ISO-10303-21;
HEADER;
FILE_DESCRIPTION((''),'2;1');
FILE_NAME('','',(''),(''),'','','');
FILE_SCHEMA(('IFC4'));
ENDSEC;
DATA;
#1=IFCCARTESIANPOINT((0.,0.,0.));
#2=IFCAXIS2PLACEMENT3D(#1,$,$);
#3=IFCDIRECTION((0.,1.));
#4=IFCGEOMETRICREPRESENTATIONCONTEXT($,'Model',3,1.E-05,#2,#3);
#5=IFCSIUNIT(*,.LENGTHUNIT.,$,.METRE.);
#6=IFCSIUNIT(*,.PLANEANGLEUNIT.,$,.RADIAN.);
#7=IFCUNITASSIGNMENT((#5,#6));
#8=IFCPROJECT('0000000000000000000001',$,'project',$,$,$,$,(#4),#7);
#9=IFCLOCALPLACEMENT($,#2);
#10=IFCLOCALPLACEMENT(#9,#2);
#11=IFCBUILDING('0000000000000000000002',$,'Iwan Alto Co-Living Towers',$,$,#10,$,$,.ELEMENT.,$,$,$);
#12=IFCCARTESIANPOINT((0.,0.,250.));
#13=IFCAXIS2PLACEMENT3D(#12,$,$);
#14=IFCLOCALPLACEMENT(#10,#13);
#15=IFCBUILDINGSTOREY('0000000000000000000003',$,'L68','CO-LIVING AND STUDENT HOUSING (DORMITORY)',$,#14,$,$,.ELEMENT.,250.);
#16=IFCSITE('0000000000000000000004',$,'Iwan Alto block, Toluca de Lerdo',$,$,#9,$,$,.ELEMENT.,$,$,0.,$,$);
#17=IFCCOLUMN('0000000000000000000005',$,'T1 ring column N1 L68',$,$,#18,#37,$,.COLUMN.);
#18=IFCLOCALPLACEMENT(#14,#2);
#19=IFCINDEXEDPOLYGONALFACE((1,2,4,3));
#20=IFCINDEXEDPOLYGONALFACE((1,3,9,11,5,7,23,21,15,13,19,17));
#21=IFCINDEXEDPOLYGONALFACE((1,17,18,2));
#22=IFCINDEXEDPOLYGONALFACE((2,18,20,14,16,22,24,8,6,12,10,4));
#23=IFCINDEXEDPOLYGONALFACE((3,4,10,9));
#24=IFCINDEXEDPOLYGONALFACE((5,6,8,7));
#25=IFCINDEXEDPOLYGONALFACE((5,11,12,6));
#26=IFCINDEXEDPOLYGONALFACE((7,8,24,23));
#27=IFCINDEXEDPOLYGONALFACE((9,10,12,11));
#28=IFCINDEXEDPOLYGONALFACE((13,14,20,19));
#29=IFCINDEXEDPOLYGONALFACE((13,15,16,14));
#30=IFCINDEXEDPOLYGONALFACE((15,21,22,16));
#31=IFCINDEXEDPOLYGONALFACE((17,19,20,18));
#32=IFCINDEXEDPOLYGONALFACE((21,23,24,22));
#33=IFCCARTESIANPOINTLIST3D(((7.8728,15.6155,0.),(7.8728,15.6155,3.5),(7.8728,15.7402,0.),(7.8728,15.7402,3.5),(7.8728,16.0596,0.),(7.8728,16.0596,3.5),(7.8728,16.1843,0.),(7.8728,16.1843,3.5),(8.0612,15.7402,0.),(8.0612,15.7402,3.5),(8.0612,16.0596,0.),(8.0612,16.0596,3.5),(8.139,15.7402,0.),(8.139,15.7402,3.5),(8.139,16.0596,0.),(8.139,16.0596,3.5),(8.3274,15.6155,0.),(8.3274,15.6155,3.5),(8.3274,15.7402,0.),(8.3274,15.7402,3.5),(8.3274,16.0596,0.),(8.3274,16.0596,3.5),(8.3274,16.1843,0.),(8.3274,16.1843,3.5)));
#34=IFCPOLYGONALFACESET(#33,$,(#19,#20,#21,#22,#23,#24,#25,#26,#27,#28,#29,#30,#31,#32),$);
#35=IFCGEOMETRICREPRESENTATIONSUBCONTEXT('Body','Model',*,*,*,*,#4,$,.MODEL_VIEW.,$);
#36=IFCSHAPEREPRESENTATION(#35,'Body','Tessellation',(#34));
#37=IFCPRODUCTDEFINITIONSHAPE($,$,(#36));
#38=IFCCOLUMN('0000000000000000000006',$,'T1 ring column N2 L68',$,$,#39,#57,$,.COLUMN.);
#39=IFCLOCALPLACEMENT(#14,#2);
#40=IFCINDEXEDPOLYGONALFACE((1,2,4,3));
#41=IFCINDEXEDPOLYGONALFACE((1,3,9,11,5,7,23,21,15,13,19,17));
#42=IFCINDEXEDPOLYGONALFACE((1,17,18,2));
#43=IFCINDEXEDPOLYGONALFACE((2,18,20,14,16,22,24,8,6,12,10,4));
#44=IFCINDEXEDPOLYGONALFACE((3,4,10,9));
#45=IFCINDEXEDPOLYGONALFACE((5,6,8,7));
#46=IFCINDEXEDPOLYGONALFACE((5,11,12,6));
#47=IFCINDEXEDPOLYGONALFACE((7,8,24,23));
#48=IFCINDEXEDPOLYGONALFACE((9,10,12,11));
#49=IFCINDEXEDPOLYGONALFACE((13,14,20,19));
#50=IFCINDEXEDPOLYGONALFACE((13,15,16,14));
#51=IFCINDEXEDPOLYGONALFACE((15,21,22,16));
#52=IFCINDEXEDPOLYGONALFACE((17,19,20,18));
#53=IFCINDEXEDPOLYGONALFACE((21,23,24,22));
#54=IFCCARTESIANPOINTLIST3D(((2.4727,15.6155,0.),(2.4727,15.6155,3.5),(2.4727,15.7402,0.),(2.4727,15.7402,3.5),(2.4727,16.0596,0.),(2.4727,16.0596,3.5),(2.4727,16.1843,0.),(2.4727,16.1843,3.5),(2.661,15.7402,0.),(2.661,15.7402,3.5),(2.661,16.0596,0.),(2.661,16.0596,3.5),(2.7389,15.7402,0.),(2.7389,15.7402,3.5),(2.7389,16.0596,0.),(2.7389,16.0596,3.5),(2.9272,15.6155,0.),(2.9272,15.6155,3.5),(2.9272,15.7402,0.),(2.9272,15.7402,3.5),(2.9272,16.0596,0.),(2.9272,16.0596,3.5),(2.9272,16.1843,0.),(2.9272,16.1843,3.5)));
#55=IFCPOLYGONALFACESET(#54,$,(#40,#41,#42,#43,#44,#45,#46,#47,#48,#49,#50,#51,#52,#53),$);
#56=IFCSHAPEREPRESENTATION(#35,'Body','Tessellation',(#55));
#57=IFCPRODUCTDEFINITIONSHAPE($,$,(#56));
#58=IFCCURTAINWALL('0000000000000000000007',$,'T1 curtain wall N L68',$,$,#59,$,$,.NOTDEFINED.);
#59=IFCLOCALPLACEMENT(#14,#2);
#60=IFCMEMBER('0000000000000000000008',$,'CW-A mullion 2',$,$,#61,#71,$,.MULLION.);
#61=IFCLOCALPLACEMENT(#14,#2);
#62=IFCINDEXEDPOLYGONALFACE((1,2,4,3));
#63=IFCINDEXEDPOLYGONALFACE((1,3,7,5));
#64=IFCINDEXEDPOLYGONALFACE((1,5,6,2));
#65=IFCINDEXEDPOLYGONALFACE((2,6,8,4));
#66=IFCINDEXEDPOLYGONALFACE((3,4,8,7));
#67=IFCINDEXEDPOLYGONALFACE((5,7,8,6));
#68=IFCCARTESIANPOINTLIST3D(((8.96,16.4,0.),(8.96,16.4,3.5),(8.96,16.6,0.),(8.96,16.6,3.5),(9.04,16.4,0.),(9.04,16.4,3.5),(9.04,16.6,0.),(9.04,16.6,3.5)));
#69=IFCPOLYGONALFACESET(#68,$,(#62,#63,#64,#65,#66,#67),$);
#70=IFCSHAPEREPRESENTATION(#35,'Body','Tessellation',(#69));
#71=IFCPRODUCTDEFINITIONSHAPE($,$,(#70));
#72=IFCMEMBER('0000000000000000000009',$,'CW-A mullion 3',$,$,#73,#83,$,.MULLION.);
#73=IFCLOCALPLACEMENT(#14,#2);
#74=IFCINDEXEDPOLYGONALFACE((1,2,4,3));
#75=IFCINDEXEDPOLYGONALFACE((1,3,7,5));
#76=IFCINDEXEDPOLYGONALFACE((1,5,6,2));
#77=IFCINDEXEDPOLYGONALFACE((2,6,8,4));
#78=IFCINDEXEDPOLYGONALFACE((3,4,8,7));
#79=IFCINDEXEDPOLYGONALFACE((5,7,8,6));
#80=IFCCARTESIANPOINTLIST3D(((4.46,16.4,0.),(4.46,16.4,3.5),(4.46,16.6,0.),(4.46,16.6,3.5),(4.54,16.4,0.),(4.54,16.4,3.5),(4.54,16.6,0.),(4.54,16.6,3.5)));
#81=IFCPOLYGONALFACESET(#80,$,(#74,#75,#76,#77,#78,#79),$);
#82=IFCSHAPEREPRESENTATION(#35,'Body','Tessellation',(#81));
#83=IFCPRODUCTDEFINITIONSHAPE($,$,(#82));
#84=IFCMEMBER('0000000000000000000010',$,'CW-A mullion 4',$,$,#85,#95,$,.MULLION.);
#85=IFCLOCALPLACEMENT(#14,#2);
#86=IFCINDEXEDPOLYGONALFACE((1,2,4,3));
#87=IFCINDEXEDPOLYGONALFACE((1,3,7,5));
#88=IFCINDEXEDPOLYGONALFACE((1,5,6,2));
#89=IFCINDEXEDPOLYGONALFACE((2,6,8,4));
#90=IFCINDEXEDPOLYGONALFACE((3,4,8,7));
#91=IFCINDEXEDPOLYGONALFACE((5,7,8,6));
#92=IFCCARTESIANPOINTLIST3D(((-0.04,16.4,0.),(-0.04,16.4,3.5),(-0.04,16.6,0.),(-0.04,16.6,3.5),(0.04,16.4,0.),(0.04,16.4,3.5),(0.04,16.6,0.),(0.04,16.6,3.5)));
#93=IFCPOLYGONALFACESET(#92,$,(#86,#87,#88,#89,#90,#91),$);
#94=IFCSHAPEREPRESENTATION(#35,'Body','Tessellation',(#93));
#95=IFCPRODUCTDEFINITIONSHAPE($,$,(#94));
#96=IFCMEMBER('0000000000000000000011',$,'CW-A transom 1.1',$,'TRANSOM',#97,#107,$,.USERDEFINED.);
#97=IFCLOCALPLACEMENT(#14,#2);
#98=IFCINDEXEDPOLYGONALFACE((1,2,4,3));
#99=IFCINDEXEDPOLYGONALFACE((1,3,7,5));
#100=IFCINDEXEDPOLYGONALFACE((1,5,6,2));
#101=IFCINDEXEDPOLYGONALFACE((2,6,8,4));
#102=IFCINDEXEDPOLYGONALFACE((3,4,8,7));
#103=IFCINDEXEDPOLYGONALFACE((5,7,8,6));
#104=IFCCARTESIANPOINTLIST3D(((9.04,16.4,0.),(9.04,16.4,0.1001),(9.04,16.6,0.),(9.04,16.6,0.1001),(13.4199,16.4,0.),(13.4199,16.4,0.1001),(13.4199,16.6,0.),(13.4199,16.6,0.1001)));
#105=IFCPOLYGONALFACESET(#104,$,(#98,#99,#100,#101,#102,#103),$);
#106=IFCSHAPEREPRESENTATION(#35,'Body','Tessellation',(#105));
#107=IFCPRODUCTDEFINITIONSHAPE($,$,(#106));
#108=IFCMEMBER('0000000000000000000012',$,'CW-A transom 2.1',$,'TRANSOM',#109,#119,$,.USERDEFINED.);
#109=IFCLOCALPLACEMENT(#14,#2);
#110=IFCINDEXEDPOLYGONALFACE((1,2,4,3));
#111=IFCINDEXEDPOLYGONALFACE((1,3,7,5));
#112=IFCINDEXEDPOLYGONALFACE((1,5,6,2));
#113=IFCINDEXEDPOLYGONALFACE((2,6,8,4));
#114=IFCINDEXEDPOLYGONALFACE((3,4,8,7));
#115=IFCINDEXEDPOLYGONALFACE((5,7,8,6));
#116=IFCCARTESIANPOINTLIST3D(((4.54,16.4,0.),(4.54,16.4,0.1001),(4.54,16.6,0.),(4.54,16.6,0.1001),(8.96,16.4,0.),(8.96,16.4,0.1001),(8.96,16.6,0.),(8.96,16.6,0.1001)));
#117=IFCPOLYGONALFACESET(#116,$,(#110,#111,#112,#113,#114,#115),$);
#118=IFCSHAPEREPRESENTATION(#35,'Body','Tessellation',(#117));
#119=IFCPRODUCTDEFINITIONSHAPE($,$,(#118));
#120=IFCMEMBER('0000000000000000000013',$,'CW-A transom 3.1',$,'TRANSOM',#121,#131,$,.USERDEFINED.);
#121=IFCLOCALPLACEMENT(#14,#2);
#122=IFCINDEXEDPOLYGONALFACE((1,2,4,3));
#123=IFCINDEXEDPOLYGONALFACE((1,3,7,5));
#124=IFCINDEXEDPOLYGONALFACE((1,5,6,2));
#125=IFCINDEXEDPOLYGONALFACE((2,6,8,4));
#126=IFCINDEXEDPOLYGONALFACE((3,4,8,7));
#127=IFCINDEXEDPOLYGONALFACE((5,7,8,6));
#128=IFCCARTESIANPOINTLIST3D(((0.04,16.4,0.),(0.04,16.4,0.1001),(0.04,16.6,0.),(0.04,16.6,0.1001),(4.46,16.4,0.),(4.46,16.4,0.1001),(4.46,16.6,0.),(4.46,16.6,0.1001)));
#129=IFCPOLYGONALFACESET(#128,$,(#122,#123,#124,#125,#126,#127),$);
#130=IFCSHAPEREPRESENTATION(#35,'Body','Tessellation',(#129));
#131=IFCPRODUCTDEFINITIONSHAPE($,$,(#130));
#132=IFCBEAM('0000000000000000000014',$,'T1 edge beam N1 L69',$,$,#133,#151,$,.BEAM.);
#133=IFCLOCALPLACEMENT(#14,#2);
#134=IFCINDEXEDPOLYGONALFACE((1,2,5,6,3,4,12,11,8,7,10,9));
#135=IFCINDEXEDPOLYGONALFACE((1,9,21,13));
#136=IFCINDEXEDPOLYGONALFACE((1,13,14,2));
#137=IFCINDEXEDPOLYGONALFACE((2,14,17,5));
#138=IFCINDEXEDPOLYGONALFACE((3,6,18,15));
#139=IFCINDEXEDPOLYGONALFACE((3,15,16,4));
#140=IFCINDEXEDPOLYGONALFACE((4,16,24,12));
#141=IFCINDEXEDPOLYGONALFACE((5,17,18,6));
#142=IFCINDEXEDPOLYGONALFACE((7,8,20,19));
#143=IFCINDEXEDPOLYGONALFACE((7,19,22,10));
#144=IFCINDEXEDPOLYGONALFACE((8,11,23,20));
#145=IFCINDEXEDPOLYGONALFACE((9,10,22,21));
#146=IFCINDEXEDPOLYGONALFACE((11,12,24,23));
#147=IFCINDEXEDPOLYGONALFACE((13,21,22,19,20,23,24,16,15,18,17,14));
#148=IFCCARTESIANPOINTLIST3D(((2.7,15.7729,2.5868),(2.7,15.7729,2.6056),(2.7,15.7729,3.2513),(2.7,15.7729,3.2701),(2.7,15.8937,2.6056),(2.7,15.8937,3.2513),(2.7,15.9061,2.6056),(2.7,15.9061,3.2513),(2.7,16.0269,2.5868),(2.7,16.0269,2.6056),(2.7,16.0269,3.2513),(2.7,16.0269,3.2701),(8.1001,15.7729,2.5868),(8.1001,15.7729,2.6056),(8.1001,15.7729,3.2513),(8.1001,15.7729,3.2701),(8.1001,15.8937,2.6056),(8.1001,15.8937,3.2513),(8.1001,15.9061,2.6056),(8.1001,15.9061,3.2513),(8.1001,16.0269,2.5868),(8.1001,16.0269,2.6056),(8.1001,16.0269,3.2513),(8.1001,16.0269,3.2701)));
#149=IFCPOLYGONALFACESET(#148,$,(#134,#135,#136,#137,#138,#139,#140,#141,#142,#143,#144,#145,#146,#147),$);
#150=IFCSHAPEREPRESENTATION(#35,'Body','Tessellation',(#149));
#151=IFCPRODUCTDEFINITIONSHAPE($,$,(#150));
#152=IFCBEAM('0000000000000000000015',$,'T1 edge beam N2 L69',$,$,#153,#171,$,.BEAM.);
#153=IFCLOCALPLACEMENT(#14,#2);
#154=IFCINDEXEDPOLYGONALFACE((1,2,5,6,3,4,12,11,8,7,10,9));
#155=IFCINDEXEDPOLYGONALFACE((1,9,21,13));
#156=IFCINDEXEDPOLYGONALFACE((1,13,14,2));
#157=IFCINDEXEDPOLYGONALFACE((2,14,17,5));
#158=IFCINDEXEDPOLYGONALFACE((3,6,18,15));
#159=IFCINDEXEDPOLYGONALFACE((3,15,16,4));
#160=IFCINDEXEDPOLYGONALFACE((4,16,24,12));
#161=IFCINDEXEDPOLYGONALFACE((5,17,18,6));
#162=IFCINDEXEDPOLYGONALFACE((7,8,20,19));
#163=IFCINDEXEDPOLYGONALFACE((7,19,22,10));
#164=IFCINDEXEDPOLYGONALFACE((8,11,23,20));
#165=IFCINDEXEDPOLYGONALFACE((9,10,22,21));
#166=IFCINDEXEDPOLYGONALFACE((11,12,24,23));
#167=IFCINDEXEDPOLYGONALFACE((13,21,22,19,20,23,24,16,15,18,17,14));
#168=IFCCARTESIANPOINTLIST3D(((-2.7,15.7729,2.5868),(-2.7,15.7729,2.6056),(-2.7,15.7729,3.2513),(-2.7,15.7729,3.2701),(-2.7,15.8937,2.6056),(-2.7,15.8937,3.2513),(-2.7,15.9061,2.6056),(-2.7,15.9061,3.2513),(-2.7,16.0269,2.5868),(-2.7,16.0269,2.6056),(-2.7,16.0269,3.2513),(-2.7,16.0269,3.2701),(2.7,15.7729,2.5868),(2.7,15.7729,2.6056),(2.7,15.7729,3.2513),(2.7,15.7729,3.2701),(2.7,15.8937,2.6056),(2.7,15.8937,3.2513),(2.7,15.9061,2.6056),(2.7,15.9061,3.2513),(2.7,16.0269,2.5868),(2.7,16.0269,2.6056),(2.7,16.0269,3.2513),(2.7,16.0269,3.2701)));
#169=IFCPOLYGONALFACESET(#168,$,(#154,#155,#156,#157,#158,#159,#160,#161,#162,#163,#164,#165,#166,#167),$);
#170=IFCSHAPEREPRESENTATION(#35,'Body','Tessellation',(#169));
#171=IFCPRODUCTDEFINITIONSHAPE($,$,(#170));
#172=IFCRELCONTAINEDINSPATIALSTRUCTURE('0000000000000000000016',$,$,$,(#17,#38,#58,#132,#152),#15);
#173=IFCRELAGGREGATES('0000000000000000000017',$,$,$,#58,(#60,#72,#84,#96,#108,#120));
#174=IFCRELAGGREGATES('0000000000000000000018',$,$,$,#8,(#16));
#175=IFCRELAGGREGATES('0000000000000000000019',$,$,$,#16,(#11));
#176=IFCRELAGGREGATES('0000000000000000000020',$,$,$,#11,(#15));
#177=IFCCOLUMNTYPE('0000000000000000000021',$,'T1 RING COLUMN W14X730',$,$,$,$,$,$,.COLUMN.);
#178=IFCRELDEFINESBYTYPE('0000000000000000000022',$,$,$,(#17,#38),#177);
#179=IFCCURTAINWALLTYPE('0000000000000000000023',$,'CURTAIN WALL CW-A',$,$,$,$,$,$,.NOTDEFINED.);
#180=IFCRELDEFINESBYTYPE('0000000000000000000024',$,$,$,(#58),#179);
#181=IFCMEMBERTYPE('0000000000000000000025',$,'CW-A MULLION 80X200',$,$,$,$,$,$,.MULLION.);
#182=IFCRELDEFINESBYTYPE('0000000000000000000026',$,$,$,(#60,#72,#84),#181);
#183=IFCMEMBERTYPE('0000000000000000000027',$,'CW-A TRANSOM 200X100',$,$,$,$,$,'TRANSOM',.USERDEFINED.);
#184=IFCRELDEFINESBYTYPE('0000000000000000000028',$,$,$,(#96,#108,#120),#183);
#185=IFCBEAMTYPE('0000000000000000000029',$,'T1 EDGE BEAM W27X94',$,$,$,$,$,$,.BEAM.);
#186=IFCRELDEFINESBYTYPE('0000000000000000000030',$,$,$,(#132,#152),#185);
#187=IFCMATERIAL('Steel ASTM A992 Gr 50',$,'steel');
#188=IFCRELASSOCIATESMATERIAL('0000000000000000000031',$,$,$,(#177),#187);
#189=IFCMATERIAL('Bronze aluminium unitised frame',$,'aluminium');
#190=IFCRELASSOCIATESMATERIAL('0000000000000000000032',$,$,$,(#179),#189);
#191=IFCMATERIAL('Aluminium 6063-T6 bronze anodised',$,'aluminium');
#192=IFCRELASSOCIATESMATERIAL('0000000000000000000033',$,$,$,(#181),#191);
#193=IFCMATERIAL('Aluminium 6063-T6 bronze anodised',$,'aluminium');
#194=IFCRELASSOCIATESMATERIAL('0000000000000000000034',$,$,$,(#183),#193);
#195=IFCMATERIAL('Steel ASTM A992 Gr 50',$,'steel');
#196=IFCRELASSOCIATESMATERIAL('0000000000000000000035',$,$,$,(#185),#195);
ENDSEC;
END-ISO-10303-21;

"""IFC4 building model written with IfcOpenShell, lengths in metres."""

from ifc_helpers import new_model, si_unit, direction, frame, origin, origin_2d, place, context, subcontext, project, spatial, rectangle, i_section, extrude, material, material_profile, profile_set, type_object, element, aggregate, save


model = new_model("IFC4")

# Units and contexts
model_context = context("Model", 3, precision=1e-05, world=origin(), true_north=direction((0.0, 1.0)))
body_context = subcontext(model_context, "Body", "Model", "MODEL_VIEW")
ifc_project = project(units=[si_unit("LENGTHUNIT", "METRE"), si_unit("PLANEANGLEUNIT", "RADIAN")], contexts=[model_context])

# Site, building, storey
site_placement = place(None, origin())
site = spatial("IfcSite", under=ifc_project, at=site_placement, Name="Iwan Alto block, Toluca de Lerdo", CompositionType="ELEMENT", RefElevation=0.0)
building_placement = place(site_placement, origin())
building = spatial("IfcBuilding", under=site, at=building_placement, Name="Iwan Alto Co-Living Towers", CompositionType="ELEMENT")
storey_placement = place(building_placement, frame((0.0, 0.0, 250.0)))
storey = spatial("IfcBuildingStorey", under=building, at=storey_placement, Name="L68", Description="CO-LIVING AND STUDENT HOUSING (DORMITORY)", CompositionType="ELEMENT", Elevation=250.0)

# Columns
ifc_material_1 = material(Name="Steel ASTM A992 Gr 50", Category="steel")
ifc_material_profile_1 = material_profile(ifc_material_1, i_section(OverallWidth=0.4546, OverallDepth=0.5688, WebThickness=0.0779, FlangeThickness=0.1248, at=origin_2d()), Name="W14X730")
ifc_profile_set_1 = profile_set([ifc_material_profile_1], Name="Steel ASTM A992 Gr 50")
column_type = type_object("IfcColumnType", Name="T1 RING COLUMN W14X730", PredefinedType="COLUMN", material=ifc_profile_set_1)
for number, where, z_axis, x_axis, name in (
    (1, (8.1001, 15.8999, 0.0), (0.0, 0.0, 1.0), (1.0, 0.0, 0.0), "T1 ring column N1 L68"),
    (2, (2.7, 15.8999, 0.0), (0.0, 0.0, 1.0), (1.0, 0.0, 0.0), "T1 ring column N2 L68"),
):
    element("IfcColumn", number, at=place(storey_placement, frame(where, z_axis=z_axis, x_axis=x_axis)), inside=storey, type_object=column_type, Name=name, PredefinedType="COLUMN", context=body_context, shape_type="SweptSolid", body=[
        extrude(i_section(OverallWidth=0.4546, OverallDepth=0.5688, WebThickness=0.0779, FlangeThickness=0.1248, at=origin_2d()), origin(), (0.0, 0.0, 1.0), 3.5),
    ])

# Curtain wall, members
ifc_material_2 = material(Name="Bronze aluminium unitised frame", Category="aluminium")
curtain_wall_type = type_object("IfcCurtainWallType", Name="CURTAIN WALL CW-A", PredefinedType="NOTDEFINED", material=ifc_material_2)
curtain_wall_placement = place(storey_placement, origin())
curtain_wall = element("IfcCurtainWall", 3, at=curtain_wall_placement, inside=storey, type_object=curtain_wall_type, Name="T1 curtain wall N L68", PredefinedType="NOTDEFINED")
ifc_material_3 = material(Name="Aluminium 6063-T6 bronze anodised", Category="aluminium")
ifc_material_profile_2 = material_profile(ifc_material_3, rectangle(XDim=0.2, YDim=0.0801, at=origin_2d()), Name="AL 80X200")
ifc_profile_set_2 = profile_set([ifc_material_profile_2], Name="Aluminium 6063-T6 bronze anodised")
member_type_1 = type_object("IfcMemberType", Name="CW-A MULLION 80X200", PredefinedType="MULLION", material=ifc_profile_set_2)
member_1_placement = place(storey_placement, frame((9.0, 16.5, 0.0), z_axis=(0.0, 0.0, 1.0), x_axis=(0.0, -1.0, 0.0)))
member_1 = element("IfcMember", 4, at=member_1_placement, type_object=member_type_1, Name="CW-A mullion 2", PredefinedType="MULLION", context=body_context, shape_type="SweptSolid", body=[
    extrude(rectangle(XDim=0.2, YDim=0.0801, at=origin_2d()), origin(), (0.0, 0.0, 1.0), 3.5),
])
member_2_placement = place(storey_placement, frame((4.5, 16.5, 0.0), z_axis=(0.0, 0.0, 1.0), x_axis=(0.0, -1.0, 0.0)))
member_2 = element("IfcMember", 5, at=member_2_placement, type_object=member_type_1, Name="CW-A mullion 3", PredefinedType="MULLION", context=body_context, shape_type="SweptSolid", body=[
    extrude(rectangle(XDim=0.2, YDim=0.0801, at=origin_2d()), origin(), (0.0, 0.0, 1.0), 3.5),
])
member_3_placement = place(storey_placement, frame((0.0, 16.5, 0.0), z_axis=(0.0, 0.0, 1.0), x_axis=(0.0, -1.0, 0.0)))
member_3 = element("IfcMember", 6, at=member_3_placement, type_object=member_type_1, Name="CW-A mullion 4", PredefinedType="MULLION", context=body_context, shape_type="SweptSolid", body=[
    extrude(rectangle(XDim=0.2, YDim=0.0801, at=origin_2d()), origin(), (0.0, 0.0, 1.0), 3.5),
])
ifc_material_4 = material(Name="Aluminium 6063-T6 bronze anodised", Category="aluminium")
ifc_material_profile_3 = material_profile(ifc_material_4, rectangle(XDim=0.2, YDim=0.1001, at=origin_2d()), Name="AL 200X100")
ifc_profile_set_3 = profile_set([ifc_material_profile_3], Name="Aluminium 6063-T6 bronze anodised")
member_type_2 = type_object("IfcMemberType", Name="CW-A TRANSOM 200X100", ElementType="TRANSOM", PredefinedType="USERDEFINED", material=ifc_profile_set_3)
member_4_placement = place(storey_placement, frame((13.4199, 16.5, 0.05), z_axis=(-1.0, 0.0, 0.0), x_axis=(0.0, -1.0, 0.0)))
member_4 = element("IfcMember", 7, at=member_4_placement, type_object=member_type_2, Name="CW-A transom 1.1", ObjectType="TRANSOM", PredefinedType="USERDEFINED", context=body_context, shape_type="SweptSolid", body=[
    extrude(rectangle(XDim=0.2, YDim=0.1001, at=origin_2d()), origin(), (0.0, 0.0, 1.0), 4.3799),
])
member_5_placement = place(storey_placement, frame((8.96, 16.5, 0.05), z_axis=(-1.0, 0.0, 0.0), x_axis=(0.0, -1.0, 0.0)))
member_5 = element("IfcMember", 8, at=member_5_placement, type_object=member_type_2, Name="CW-A transom 2.1", ObjectType="TRANSOM", PredefinedType="USERDEFINED", context=body_context, shape_type="SweptSolid", body=[
    extrude(rectangle(XDim=0.2, YDim=0.1001, at=origin_2d()), origin(), (0.0, 0.0, 1.0), 4.4199),
])
member_6_placement = place(storey_placement, frame((4.46, 16.5, 0.05), z_axis=(-1.0, 0.0, 0.0), x_axis=(0.0, -1.0, 0.0)))
member_6 = element("IfcMember", 9, at=member_6_placement, type_object=member_type_2, Name="CW-A transom 3.1", ObjectType="TRANSOM", PredefinedType="USERDEFINED", context=body_context, shape_type="SweptSolid", body=[
    extrude(rectangle(XDim=0.2, YDim=0.1001, at=origin_2d()), origin(), (0.0, 0.0, 1.0), 4.4199),
])

# Beams
ifc_material_5 = material(Name="Steel ASTM A992 Gr 50", Category="steel")
ifc_material_profile_4 = material_profile(ifc_material_5, i_section(OverallWidth=0.2539, OverallDepth=0.6833, WebThickness=0.0125, FlangeThickness=0.0188, at=origin_2d()), Name="W27X94")
ifc_profile_set_4 = profile_set([ifc_material_profile_4], Name="Steel ASTM A992 Gr 50")
beam_type_1 = type_object("IfcBeamType", Name="T1 EDGE BEAM W27X94", PredefinedType="BEAM", material=ifc_profile_set_4)
beam_1_placement = place(storey_placement, frame((8.1001, 15.8999, 2.9285), z_axis=(-1.0, 0.0, 0.0), x_axis=(0.0, -1.0, 0.0)))
element("IfcBeam", 10, at=beam_1_placement, inside=storey, type_object=beam_type_1, Name="T1 edge beam N1 L69", PredefinedType="BEAM", context=body_context, shape_type="SweptSolid", body=[
    extrude(i_section(OverallWidth=0.2539, OverallDepth=0.6833, WebThickness=0.0125, FlangeThickness=0.0188, at=origin_2d()), origin(), (0.0, 0.0, 1.0), 5.4001),
])
beam_2_placement = place(storey_placement, frame((2.7, 15.8999, 2.9285), z_axis=(-1.0, 0.0, 0.0), x_axis=(0.0, -1.0, 0.0)))
element("IfcBeam", 11, at=beam_2_placement, inside=storey, type_object=beam_type_1, Name="T1 edge beam N2 L69", PredefinedType="BEAM", context=body_context, shape_type="SweptSolid", body=[
    extrude(i_section(OverallWidth=0.2539, OverallDepth=0.6833, WebThickness=0.0125, FlangeThickness=0.0188, at=origin_2d()), origin(), (0.0, 0.0, 1.0), 5.3999),
])

aggregate(curtain_wall, [member_1, member_2, member_3, member_4, member_5, member_6])

save(model, "model.ifc")
